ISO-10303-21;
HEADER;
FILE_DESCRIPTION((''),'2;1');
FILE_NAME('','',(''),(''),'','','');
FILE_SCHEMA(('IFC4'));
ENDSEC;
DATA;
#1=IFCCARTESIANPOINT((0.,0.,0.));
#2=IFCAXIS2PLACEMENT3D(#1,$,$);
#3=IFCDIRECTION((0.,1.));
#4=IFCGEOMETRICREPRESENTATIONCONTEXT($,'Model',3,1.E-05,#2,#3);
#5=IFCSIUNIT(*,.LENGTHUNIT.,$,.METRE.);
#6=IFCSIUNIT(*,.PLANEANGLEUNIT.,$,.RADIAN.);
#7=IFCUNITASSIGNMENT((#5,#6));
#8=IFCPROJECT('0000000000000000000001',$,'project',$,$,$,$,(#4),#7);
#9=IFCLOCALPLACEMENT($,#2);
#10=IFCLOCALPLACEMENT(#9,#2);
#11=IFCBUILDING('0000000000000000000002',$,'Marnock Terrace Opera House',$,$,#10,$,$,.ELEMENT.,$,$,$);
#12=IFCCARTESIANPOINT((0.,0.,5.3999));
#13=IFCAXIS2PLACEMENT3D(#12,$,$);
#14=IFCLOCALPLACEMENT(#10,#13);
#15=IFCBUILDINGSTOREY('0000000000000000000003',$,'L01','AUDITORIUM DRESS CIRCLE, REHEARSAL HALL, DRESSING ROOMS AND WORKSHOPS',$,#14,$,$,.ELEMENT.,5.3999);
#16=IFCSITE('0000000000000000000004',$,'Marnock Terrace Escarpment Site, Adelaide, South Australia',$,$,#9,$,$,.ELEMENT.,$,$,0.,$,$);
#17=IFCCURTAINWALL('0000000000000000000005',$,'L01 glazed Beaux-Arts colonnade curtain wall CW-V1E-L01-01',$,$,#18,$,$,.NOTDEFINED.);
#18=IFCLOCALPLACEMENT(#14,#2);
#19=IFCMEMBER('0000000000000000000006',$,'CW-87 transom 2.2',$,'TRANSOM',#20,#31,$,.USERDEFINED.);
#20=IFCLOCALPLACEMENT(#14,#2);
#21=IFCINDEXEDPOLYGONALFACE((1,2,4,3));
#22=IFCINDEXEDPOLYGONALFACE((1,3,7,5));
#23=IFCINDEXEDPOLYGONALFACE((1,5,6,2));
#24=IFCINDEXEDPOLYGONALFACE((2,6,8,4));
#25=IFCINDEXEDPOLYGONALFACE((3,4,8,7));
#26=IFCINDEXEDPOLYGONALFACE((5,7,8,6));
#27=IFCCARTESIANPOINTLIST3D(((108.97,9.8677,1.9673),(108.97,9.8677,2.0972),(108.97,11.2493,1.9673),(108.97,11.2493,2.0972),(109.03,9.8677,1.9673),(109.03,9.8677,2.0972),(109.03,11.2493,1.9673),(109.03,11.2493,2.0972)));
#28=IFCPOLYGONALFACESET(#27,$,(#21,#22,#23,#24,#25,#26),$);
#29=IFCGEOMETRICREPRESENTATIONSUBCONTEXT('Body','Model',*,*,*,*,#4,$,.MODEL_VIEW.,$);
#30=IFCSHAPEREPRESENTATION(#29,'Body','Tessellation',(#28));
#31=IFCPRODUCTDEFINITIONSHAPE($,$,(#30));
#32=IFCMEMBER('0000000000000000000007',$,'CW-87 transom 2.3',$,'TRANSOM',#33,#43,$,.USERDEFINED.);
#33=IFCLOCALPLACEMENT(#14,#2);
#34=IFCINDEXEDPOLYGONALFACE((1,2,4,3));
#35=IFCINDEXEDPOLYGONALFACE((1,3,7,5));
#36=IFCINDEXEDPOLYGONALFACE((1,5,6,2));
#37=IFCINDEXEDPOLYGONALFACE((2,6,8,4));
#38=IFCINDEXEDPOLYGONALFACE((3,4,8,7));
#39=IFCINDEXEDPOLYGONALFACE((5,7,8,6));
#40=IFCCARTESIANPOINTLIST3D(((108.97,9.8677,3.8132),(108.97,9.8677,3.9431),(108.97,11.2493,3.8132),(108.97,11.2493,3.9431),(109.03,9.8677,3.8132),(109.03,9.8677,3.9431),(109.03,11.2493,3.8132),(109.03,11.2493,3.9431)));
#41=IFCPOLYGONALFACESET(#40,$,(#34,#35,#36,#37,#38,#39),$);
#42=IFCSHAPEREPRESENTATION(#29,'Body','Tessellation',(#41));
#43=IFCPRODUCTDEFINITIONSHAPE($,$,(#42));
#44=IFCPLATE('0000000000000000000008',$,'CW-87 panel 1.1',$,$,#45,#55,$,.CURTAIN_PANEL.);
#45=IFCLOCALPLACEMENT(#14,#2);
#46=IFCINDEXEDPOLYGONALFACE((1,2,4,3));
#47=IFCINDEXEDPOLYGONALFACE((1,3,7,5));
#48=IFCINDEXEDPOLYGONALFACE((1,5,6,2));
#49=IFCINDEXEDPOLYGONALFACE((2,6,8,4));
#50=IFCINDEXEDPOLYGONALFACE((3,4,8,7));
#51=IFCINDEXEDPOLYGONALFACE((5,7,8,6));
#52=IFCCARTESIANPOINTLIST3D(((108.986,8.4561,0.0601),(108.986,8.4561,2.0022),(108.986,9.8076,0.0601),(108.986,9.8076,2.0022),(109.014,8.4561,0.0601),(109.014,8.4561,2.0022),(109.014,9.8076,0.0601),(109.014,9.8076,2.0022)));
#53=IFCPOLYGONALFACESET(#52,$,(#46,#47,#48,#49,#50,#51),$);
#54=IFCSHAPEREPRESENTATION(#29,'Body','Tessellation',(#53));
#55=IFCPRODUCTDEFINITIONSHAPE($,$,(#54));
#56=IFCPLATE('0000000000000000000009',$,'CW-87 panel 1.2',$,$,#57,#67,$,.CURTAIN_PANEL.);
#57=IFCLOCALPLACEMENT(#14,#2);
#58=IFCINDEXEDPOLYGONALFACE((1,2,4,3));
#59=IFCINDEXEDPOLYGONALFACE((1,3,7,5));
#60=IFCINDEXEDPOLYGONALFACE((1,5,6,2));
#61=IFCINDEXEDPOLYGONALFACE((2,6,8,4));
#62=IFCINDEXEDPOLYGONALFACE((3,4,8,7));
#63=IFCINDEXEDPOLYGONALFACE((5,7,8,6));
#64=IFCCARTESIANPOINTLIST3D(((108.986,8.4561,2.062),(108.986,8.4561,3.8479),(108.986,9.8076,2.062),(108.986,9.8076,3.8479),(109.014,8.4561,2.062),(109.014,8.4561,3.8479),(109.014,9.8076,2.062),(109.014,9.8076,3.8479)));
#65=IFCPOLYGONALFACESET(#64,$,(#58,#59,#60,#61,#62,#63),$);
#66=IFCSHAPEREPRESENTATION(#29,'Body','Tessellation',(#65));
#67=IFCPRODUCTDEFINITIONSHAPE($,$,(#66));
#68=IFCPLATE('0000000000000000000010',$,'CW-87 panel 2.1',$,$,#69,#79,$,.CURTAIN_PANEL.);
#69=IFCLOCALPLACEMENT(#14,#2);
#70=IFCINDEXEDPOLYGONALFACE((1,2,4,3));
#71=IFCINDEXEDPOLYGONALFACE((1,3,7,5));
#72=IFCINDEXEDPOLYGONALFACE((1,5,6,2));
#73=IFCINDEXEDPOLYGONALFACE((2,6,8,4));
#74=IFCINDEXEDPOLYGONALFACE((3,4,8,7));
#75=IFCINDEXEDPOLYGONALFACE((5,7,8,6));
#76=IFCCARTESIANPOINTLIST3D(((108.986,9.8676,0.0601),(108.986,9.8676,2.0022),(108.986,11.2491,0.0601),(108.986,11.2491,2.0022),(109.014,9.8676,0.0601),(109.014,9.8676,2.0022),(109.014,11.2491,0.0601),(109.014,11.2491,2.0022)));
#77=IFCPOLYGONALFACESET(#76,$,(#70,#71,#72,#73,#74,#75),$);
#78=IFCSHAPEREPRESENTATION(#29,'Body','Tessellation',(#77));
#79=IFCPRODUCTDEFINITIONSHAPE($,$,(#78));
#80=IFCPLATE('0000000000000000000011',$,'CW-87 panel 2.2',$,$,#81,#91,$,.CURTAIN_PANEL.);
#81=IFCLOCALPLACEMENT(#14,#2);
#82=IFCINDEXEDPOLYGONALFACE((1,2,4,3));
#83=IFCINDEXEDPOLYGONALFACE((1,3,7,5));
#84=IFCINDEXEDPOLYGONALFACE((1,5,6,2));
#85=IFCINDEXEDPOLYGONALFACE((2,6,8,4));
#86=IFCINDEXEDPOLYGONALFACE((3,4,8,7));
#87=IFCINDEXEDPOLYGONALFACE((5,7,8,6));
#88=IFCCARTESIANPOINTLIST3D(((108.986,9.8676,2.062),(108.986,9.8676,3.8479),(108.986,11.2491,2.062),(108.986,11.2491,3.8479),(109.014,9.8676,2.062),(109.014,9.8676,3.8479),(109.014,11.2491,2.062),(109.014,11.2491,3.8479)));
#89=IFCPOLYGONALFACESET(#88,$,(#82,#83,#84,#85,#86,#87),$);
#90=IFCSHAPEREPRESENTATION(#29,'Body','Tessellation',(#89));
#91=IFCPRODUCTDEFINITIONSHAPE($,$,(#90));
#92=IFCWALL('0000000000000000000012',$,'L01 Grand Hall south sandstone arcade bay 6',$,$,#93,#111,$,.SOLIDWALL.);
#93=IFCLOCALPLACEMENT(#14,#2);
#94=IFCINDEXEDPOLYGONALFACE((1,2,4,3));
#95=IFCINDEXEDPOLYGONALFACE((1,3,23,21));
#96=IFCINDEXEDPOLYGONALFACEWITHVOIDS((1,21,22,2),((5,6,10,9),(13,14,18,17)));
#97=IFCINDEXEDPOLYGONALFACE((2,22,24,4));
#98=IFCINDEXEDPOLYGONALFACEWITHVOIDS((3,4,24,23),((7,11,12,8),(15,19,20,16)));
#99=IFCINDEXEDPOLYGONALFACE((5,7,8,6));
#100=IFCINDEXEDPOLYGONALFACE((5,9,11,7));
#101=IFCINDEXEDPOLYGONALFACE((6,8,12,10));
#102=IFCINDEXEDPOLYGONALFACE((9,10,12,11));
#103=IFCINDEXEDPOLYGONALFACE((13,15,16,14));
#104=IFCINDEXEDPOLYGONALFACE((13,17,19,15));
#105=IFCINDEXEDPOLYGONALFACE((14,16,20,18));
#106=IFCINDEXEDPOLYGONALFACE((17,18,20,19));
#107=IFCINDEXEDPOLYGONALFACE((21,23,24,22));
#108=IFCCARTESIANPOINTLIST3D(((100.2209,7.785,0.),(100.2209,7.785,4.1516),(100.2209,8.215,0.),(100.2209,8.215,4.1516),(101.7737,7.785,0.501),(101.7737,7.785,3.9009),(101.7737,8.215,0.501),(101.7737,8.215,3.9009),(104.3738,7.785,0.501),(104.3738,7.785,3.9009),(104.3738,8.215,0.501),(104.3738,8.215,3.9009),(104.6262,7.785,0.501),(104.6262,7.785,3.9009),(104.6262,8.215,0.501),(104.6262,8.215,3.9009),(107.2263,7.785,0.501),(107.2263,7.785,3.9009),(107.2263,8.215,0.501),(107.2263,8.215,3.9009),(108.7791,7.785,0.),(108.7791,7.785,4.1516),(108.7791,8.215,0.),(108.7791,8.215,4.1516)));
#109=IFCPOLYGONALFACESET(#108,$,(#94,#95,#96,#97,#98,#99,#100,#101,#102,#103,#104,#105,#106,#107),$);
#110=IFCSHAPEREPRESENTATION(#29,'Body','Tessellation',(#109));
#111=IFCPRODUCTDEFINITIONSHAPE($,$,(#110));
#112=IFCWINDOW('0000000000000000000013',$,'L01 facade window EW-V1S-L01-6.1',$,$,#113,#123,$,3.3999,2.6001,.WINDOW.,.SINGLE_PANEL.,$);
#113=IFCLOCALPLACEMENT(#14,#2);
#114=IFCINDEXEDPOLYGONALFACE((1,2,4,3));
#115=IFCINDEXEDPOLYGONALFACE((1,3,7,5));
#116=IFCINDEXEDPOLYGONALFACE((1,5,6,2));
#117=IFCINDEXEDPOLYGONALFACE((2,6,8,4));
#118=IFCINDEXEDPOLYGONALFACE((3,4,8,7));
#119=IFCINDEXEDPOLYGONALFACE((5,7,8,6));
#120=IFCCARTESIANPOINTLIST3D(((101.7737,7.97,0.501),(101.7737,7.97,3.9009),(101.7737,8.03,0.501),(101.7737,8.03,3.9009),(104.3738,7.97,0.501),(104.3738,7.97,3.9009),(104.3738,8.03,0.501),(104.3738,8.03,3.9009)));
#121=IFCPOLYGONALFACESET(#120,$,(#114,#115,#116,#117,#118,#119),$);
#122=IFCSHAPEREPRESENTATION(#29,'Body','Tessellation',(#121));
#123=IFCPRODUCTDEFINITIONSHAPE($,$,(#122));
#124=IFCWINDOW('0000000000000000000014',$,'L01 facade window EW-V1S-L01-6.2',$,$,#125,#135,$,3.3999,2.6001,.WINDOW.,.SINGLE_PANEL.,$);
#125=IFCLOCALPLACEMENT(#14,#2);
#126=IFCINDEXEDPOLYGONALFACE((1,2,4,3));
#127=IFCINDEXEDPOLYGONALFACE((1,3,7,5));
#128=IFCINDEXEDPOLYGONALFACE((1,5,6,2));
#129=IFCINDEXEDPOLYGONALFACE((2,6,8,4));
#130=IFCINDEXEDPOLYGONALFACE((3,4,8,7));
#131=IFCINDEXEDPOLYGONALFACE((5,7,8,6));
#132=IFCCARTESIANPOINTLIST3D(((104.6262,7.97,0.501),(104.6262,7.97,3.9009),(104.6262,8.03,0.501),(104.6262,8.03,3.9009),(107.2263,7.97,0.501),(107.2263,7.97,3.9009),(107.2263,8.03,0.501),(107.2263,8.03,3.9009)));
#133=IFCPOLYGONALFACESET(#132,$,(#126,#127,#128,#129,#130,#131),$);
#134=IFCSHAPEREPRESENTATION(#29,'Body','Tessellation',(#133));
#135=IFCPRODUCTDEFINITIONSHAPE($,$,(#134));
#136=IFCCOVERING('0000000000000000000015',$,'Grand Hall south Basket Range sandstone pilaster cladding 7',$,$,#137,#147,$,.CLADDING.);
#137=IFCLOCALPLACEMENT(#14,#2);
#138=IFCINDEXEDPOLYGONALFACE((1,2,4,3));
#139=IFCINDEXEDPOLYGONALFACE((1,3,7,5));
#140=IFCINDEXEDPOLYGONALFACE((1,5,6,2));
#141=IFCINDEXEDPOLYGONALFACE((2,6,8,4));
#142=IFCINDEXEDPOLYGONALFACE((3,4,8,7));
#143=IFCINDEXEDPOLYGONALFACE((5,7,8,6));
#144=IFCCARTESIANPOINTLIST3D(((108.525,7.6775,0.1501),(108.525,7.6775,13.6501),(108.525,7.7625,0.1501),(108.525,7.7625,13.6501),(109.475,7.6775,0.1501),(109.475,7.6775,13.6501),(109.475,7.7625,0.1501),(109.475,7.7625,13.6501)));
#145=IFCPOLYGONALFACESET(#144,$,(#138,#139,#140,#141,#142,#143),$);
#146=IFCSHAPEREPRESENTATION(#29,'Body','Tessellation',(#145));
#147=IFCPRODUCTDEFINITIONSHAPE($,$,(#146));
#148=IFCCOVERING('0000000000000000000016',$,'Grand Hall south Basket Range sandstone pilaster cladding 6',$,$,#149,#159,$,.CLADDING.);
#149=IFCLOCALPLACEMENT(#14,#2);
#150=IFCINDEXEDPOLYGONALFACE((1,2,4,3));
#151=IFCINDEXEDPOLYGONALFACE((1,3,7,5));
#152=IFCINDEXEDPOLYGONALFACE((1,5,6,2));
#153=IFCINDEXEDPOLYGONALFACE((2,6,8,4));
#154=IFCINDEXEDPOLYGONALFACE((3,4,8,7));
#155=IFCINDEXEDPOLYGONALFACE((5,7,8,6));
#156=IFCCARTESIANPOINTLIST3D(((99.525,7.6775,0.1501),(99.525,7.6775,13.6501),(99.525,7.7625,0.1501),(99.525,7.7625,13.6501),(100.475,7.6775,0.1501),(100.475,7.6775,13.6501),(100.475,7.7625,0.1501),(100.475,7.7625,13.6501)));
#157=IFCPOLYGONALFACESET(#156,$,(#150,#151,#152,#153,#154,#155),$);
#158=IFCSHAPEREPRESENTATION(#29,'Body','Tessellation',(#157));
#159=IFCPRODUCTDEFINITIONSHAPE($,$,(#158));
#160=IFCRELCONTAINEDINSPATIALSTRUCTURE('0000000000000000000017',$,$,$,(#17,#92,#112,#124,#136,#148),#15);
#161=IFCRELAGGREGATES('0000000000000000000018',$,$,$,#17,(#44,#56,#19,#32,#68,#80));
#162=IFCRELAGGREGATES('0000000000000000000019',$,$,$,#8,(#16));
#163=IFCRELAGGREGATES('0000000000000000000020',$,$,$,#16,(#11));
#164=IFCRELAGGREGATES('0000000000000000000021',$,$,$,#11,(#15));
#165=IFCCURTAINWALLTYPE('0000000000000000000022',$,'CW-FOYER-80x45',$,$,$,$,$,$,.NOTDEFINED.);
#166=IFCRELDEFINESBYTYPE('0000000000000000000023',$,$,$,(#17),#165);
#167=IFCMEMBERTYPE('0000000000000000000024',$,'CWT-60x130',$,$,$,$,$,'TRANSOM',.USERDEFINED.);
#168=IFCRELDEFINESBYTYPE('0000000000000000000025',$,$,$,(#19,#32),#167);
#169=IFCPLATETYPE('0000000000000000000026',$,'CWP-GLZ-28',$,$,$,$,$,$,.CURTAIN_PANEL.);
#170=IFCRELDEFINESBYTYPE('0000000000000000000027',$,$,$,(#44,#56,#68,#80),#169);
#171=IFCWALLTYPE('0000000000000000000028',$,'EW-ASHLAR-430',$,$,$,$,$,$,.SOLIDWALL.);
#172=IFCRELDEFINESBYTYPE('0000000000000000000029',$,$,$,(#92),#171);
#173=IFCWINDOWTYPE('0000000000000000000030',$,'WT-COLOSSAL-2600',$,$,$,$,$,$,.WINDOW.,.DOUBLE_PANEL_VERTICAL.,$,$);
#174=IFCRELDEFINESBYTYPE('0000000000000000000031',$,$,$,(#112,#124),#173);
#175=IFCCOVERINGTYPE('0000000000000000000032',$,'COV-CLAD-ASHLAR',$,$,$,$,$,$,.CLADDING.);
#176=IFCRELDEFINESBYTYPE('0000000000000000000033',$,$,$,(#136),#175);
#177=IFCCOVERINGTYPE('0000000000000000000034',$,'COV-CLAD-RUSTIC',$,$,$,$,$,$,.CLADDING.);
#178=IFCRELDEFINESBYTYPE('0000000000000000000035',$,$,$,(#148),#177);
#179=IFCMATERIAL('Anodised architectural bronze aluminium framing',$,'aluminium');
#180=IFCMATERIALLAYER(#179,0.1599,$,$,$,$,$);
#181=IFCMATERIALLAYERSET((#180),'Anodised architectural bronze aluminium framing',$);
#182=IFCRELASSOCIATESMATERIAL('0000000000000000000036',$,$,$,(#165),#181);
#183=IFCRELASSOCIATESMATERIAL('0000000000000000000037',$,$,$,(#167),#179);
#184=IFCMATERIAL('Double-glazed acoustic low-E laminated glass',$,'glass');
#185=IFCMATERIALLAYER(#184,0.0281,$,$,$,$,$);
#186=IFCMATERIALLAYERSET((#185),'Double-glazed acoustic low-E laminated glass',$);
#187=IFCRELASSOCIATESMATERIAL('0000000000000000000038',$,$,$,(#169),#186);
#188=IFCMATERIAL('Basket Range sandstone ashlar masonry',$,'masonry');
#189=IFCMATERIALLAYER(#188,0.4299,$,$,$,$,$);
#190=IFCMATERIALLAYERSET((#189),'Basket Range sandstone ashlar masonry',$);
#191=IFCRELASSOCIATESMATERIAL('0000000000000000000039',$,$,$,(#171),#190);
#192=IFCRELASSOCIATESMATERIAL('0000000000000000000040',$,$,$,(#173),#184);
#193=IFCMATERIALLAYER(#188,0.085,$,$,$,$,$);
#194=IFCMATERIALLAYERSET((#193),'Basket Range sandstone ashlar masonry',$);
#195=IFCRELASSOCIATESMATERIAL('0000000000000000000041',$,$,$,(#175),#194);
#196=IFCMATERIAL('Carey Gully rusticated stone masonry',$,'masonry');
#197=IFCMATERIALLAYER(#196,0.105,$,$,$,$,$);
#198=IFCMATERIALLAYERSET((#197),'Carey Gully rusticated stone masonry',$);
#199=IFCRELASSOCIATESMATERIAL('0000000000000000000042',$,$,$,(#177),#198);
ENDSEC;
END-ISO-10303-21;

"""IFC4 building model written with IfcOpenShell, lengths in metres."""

from ifc_helpers import new_model, si_unit, direction, frame, frame_2d, origin, origin_2d, place, context, subcontext, project, spatial, rectangle, extrude, material, layer, layer_set, material_profile, profile_set, type_object, element, fill, aggregate, save


model = new_model("IFC4")

# Units and contexts
model_context = context("Model", 3, precision=1e-05, world=origin(), true_north=direction((0.0, 1.0)))
body_context = subcontext(model_context, "Body", "Model", "MODEL_VIEW")
ifc_project = project(units=[si_unit("LENGTHUNIT", "METRE"), si_unit("PLANEANGLEUNIT", "RADIAN")], contexts=[model_context])

# Site, building, storey
site_placement = place(None, origin())
site = spatial("IfcSite", under=ifc_project, at=site_placement, Name="Marnock Terrace Escarpment Site, Adelaide, South Australia", CompositionType="ELEMENT", RefElevation=0.0)
building_placement = place(site_placement, origin())
building = spatial("IfcBuilding", under=site, at=building_placement, Name="Marnock Terrace Opera House", CompositionType="ELEMENT")
storey_placement = place(building_placement, frame((0.0, 0.0, 5.3999)))
storey = spatial("IfcBuildingStorey", under=building, at=storey_placement, Name="L01", Description="AUDITORIUM DRESS CIRCLE, REHEARSAL HALL, DRESSING ROOMS AND WORKSHOPS", CompositionType="ELEMENT", Elevation=5.3999)

# Curtain wall, members, plates
ifc_material_1 = material(Name="Anodised architectural bronze aluminium framing", Category="aluminium")
ifc_layer_1 = layer(ifc_material_1, 0.1599)
ifc_layer_set_1 = layer_set([ifc_layer_1], Name="Anodised architectural bronze aluminium framing")
curtain_wall_type = type_object("IfcCurtainWallType", Name="CW-FOYER-80x45", PredefinedType="NOTDEFINED", material=ifc_layer_set_1)
curtain_wall_placement = place(storey_placement, origin())
curtain_wall = element("IfcCurtainWall", 1, at=curtain_wall_placement, inside=storey, type_object=curtain_wall_type, Name="L01 glazed Beaux-Arts colonnade curtain wall CW-V1E-L01-01", PredefinedType="NOTDEFINED")
ifc_material_profile_1 = material_profile(ifc_material_1, rectangle(XDim=0.0601, YDim=0.1299, at=origin_2d()))
ifc_profile_set_1 = profile_set([ifc_material_profile_1], Name="Anodised architectural bronze aluminium framing")
member_type_1 = type_object("IfcMemberType", Name="CWT-60x130", ElementType="TRANSOM", PredefinedType="USERDEFINED", material=ifc_profile_set_1)
member_1_placement = place(storey_placement, frame((109.0, 9.8677, 2.0322), z_axis=(0.0, 1.0, 0.0), x_axis=(-1.0, 0.0, 0.0)))
member_1 = element("IfcMember", 2, at=member_1_placement, type_object=member_type_1, Name="CW-87 transom 2.2", ObjectType="TRANSOM", PredefinedType="USERDEFINED", context=body_context, shape_type="SweptSolid", body=[
    extrude(rectangle(XDim=0.0601, YDim=0.1299, at=origin_2d()), origin(), (0.0, 0.0, 1.0), 1.3816),
])
member_2_placement = place(storey_placement, frame((109.0, 9.8677, 3.8782), z_axis=(0.0, 1.0, 0.0), x_axis=(-1.0, 0.0, 0.0)))
member_2 = element("IfcMember", 3, at=member_2_placement, type_object=member_type_1, Name="CW-87 transom 2.3", ObjectType="TRANSOM", PredefinedType="USERDEFINED", context=body_context, shape_type="SweptSolid", body=[
    extrude(rectangle(XDim=0.0601, YDim=0.1299, at=origin_2d()), origin(), (0.0, 0.0, 1.0), 1.3816),
])
ifc_material_2 = material(Name="Double-glazed acoustic low-E laminated glass", Category="glass")
ifc_layer_2 = layer(ifc_material_2, 0.0281)
ifc_layer_set_2 = layer_set([ifc_layer_2], Name="Double-glazed acoustic low-E laminated glass")
plate_type = type_object("IfcPlateType", Name="CWP-GLZ-28", PredefinedType="CURTAIN_PANEL", material=ifc_layer_set_2)
plate_1_placement = place(storey_placement, frame((109.0, 9.1318, 0.0601), z_axis=(0.0, 0.0, 1.0), x_axis=(0.0, 1.0, 0.0)))
plate_1 = element("IfcPlate", 4, at=plate_1_placement, type_object=plate_type, Name="CW-87 panel 1.1", PredefinedType="CURTAIN_PANEL", context=body_context, shape_type="SweptSolid", body=[
    extrude(rectangle(XDim=1.3516, YDim=0.0281, at=origin_2d()), origin(), (0.0, 0.0, 1.0), 1.9421),
])
plate_2_placement = place(storey_placement, frame((109.0, 9.1318, 2.062), z_axis=(0.0, 0.0, 1.0), x_axis=(0.0, 1.0, 0.0)))
plate_2 = element("IfcPlate", 5, at=plate_2_placement, type_object=plate_type, Name="CW-87 panel 1.2", PredefinedType="CURTAIN_PANEL", context=body_context, shape_type="SweptSolid", body=[
    extrude(rectangle(XDim=1.3516, YDim=0.0281, at=origin_2d()), origin(), (0.0, 0.0, 1.0), 1.7859),
])
plate_3_placement = place(storey_placement, frame((109.0, 10.5583, 0.0601), z_axis=(0.0, 0.0, 1.0), x_axis=(0.0, 1.0, 0.0)))
plate_3 = element("IfcPlate", 6, at=plate_3_placement, type_object=plate_type, Name="CW-87 panel 2.1", PredefinedType="CURTAIN_PANEL", context=body_context, shape_type="SweptSolid", body=[
    extrude(rectangle(XDim=1.3816, YDim=0.0281, at=origin_2d()), origin(), (0.0, 0.0, 1.0), 1.9421),
])
plate_4_placement = place(storey_placement, frame((109.0, 10.5583, 2.062), z_axis=(0.0, 0.0, 1.0), x_axis=(0.0, 1.0, 0.0)))
plate_4 = element("IfcPlate", 7, at=plate_4_placement, type_object=plate_type, Name="CW-87 panel 2.2", PredefinedType="CURTAIN_PANEL", context=body_context, shape_type="SweptSolid", body=[
    extrude(rectangle(XDim=1.3816, YDim=0.0281, at=origin_2d()), origin(), (0.0, 0.0, 1.0), 1.7859),
])
aggregate(curtain_wall, [plate_1, plate_2, member_1, member_2, plate_3, plate_4])

# Wall, openings, windows
ifc_material_3 = material(Name="Basket Range sandstone ashlar masonry", Category="masonry")
ifc_layer_3 = layer(ifc_material_3, 0.4299)
ifc_layer_set_3 = layer_set([ifc_layer_3], Name="Basket Range sandstone ashlar masonry")
wall_type = type_object("IfcWallType", Name="EW-ASHLAR-430", PredefinedType="SOLIDWALL", material=ifc_layer_set_3)
wall_placement = place(storey_placement, frame((100.2209, 8.0, 0.0), z_axis=(0.0, 0.0, 1.0), x_axis=(1.0, 0.0, 0.0)))
wall = element("IfcWall", 8, at=wall_placement, inside=storey, type_object=wall_type, Name="L01 Grand Hall south sandstone arcade bay 6", PredefinedType="SOLIDWALL", context=body_context, shape_type="SweptSolid", body=[
    extrude(rectangle(XDim=8.5581, YDim=0.4299, at=frame_2d((4.2791, 0.0))), origin(), (0.0, 0.0, 1.0), 4.1516),
])
opening_1_placement = place(wall_placement, frame((1.5527, 0.0, 0.501)))
opening_1 = element("IfcOpeningElement", 9, at=opening_1_placement, cuts=wall, PredefinedType="OPENING", context=body_context, shape_type="SweptSolid", body=[
    extrude(rectangle(XDim=2.6001, YDim=3.3999, at=frame_2d((1.3, 1.7))), frame((0.0, 0.2249, 0.0), z_axis=(0.0, -1.0, 0.0), x_axis=(1.0, 0.0, 0.0)), (0.0, 0.0, 1.0), 0.45),
])
opening_2_placement = place(wall_placement, frame((4.4053, 0.0, 0.501)))
opening_2 = element("IfcOpeningElement", 10, at=opening_2_placement, cuts=wall, PredefinedType="OPENING", context=body_context, shape_type="SweptSolid", body=[
    extrude(rectangle(XDim=2.6001, YDim=3.3999, at=frame_2d((1.3, 1.7))), frame((0.0, 0.2249, 0.0), z_axis=(0.0, -1.0, 0.0), x_axis=(1.0, 0.0, 0.0)), (0.0, 0.0, 1.0), 0.45),
])
window_type = type_object("IfcWindowType", Name="WT-COLOSSAL-2600", PartitioningType="DOUBLE_PANEL_VERTICAL", PredefinedType="WINDOW", material=ifc_material_2)
window_1_placement = place(opening_1_placement, origin())
window_1 = element("IfcWindow", 11, at=window_1_placement, inside=storey, type_object=window_type, Name="L01 facade window EW-V1S-L01-6.1", OverallHeight=3.3999, OverallWidth=2.6001, PartitioningType="SINGLE_PANEL", PredefinedType="WINDOW", context=body_context, shape_type="SweptSolid", body=[
    extrude(rectangle(XDim=2.6001, YDim=3.3999, at=frame_2d((1.3, 1.7))), frame((0.0, 0.03, 0.0), z_axis=(0.0, -1.0, 0.0), x_axis=(1.0, 0.0, 0.0)), (0.0, 0.0, 1.0), 0.0601),
])
fill(opening_1, window_1)
window_2_placement = place(opening_2_placement, origin())
window_2 = element("IfcWindow", 12, at=window_2_placement, inside=storey, type_object=window_type, Name="L01 facade window EW-V1S-L01-6.2", OverallHeight=3.3999, OverallWidth=2.6001, PartitioningType="SINGLE_PANEL", PredefinedType="WINDOW", context=body_context, shape_type="SweptSolid", body=[
    extrude(rectangle(XDim=2.6001, YDim=3.3999, at=frame_2d((1.3, 1.7))), frame((0.0, 0.03, 0.0), z_axis=(0.0, -1.0, 0.0), x_axis=(1.0, 0.0, 0.0)), (0.0, 0.0, 1.0), 0.0601),
])
fill(opening_2, window_2)

# Coverings
ifc_layer_4 = layer(ifc_material_3, 0.085)
ifc_layer_set_4 = layer_set([ifc_layer_4], Name="Basket Range sandstone ashlar masonry")
covering_type_1 = type_object("IfcCoveringType", Name="COV-CLAD-ASHLAR", PredefinedType="CLADDING", material=ifc_layer_set_4)
covering_1_placement = place(storey_placement, frame((109.0, 7.72, 0.1501), z_axis=(0.0, 0.0, 1.0), x_axis=(1.0, 0.0, 0.0)))
element("IfcCovering", 13, at=covering_1_placement, inside=storey, type_object=covering_type_1, Name="Grand Hall south Basket Range sandstone pilaster cladding 7", PredefinedType="CLADDING", context=body_context, shape_type="SweptSolid", body=[
    extrude(rectangle(XDim=0.95, YDim=0.085, at=origin_2d()), origin(), (0.0, 0.0, 1.0), 13.5),
])
ifc_material_4 = material(Name="Carey Gully rusticated stone masonry", Category="masonry")
ifc_layer_5 = layer(ifc_material_4, 0.105)
ifc_layer_set_5 = layer_set([ifc_layer_5], Name="Carey Gully rusticated stone masonry")
covering_type_2 = type_object("IfcCoveringType", Name="COV-CLAD-RUSTIC", PredefinedType="CLADDING", material=ifc_layer_set_5)
covering_2_placement = place(storey_placement, frame((100.0, 7.72, 0.1501), z_axis=(0.0, 0.0, 1.0), x_axis=(1.0, 0.0, 0.0)))
element("IfcCovering", 14, at=covering_2_placement, inside=storey, type_object=covering_type_2, Name="Grand Hall south Basket Range sandstone pilaster cladding 6", PredefinedType="CLADDING", context=body_context, shape_type="SweptSolid", body=[
    extrude(rectangle(XDim=0.95, YDim=0.085, at=origin_2d()), origin(), (0.0, 0.0, 1.0), 13.5),
])

save(model, "model.ifc")
